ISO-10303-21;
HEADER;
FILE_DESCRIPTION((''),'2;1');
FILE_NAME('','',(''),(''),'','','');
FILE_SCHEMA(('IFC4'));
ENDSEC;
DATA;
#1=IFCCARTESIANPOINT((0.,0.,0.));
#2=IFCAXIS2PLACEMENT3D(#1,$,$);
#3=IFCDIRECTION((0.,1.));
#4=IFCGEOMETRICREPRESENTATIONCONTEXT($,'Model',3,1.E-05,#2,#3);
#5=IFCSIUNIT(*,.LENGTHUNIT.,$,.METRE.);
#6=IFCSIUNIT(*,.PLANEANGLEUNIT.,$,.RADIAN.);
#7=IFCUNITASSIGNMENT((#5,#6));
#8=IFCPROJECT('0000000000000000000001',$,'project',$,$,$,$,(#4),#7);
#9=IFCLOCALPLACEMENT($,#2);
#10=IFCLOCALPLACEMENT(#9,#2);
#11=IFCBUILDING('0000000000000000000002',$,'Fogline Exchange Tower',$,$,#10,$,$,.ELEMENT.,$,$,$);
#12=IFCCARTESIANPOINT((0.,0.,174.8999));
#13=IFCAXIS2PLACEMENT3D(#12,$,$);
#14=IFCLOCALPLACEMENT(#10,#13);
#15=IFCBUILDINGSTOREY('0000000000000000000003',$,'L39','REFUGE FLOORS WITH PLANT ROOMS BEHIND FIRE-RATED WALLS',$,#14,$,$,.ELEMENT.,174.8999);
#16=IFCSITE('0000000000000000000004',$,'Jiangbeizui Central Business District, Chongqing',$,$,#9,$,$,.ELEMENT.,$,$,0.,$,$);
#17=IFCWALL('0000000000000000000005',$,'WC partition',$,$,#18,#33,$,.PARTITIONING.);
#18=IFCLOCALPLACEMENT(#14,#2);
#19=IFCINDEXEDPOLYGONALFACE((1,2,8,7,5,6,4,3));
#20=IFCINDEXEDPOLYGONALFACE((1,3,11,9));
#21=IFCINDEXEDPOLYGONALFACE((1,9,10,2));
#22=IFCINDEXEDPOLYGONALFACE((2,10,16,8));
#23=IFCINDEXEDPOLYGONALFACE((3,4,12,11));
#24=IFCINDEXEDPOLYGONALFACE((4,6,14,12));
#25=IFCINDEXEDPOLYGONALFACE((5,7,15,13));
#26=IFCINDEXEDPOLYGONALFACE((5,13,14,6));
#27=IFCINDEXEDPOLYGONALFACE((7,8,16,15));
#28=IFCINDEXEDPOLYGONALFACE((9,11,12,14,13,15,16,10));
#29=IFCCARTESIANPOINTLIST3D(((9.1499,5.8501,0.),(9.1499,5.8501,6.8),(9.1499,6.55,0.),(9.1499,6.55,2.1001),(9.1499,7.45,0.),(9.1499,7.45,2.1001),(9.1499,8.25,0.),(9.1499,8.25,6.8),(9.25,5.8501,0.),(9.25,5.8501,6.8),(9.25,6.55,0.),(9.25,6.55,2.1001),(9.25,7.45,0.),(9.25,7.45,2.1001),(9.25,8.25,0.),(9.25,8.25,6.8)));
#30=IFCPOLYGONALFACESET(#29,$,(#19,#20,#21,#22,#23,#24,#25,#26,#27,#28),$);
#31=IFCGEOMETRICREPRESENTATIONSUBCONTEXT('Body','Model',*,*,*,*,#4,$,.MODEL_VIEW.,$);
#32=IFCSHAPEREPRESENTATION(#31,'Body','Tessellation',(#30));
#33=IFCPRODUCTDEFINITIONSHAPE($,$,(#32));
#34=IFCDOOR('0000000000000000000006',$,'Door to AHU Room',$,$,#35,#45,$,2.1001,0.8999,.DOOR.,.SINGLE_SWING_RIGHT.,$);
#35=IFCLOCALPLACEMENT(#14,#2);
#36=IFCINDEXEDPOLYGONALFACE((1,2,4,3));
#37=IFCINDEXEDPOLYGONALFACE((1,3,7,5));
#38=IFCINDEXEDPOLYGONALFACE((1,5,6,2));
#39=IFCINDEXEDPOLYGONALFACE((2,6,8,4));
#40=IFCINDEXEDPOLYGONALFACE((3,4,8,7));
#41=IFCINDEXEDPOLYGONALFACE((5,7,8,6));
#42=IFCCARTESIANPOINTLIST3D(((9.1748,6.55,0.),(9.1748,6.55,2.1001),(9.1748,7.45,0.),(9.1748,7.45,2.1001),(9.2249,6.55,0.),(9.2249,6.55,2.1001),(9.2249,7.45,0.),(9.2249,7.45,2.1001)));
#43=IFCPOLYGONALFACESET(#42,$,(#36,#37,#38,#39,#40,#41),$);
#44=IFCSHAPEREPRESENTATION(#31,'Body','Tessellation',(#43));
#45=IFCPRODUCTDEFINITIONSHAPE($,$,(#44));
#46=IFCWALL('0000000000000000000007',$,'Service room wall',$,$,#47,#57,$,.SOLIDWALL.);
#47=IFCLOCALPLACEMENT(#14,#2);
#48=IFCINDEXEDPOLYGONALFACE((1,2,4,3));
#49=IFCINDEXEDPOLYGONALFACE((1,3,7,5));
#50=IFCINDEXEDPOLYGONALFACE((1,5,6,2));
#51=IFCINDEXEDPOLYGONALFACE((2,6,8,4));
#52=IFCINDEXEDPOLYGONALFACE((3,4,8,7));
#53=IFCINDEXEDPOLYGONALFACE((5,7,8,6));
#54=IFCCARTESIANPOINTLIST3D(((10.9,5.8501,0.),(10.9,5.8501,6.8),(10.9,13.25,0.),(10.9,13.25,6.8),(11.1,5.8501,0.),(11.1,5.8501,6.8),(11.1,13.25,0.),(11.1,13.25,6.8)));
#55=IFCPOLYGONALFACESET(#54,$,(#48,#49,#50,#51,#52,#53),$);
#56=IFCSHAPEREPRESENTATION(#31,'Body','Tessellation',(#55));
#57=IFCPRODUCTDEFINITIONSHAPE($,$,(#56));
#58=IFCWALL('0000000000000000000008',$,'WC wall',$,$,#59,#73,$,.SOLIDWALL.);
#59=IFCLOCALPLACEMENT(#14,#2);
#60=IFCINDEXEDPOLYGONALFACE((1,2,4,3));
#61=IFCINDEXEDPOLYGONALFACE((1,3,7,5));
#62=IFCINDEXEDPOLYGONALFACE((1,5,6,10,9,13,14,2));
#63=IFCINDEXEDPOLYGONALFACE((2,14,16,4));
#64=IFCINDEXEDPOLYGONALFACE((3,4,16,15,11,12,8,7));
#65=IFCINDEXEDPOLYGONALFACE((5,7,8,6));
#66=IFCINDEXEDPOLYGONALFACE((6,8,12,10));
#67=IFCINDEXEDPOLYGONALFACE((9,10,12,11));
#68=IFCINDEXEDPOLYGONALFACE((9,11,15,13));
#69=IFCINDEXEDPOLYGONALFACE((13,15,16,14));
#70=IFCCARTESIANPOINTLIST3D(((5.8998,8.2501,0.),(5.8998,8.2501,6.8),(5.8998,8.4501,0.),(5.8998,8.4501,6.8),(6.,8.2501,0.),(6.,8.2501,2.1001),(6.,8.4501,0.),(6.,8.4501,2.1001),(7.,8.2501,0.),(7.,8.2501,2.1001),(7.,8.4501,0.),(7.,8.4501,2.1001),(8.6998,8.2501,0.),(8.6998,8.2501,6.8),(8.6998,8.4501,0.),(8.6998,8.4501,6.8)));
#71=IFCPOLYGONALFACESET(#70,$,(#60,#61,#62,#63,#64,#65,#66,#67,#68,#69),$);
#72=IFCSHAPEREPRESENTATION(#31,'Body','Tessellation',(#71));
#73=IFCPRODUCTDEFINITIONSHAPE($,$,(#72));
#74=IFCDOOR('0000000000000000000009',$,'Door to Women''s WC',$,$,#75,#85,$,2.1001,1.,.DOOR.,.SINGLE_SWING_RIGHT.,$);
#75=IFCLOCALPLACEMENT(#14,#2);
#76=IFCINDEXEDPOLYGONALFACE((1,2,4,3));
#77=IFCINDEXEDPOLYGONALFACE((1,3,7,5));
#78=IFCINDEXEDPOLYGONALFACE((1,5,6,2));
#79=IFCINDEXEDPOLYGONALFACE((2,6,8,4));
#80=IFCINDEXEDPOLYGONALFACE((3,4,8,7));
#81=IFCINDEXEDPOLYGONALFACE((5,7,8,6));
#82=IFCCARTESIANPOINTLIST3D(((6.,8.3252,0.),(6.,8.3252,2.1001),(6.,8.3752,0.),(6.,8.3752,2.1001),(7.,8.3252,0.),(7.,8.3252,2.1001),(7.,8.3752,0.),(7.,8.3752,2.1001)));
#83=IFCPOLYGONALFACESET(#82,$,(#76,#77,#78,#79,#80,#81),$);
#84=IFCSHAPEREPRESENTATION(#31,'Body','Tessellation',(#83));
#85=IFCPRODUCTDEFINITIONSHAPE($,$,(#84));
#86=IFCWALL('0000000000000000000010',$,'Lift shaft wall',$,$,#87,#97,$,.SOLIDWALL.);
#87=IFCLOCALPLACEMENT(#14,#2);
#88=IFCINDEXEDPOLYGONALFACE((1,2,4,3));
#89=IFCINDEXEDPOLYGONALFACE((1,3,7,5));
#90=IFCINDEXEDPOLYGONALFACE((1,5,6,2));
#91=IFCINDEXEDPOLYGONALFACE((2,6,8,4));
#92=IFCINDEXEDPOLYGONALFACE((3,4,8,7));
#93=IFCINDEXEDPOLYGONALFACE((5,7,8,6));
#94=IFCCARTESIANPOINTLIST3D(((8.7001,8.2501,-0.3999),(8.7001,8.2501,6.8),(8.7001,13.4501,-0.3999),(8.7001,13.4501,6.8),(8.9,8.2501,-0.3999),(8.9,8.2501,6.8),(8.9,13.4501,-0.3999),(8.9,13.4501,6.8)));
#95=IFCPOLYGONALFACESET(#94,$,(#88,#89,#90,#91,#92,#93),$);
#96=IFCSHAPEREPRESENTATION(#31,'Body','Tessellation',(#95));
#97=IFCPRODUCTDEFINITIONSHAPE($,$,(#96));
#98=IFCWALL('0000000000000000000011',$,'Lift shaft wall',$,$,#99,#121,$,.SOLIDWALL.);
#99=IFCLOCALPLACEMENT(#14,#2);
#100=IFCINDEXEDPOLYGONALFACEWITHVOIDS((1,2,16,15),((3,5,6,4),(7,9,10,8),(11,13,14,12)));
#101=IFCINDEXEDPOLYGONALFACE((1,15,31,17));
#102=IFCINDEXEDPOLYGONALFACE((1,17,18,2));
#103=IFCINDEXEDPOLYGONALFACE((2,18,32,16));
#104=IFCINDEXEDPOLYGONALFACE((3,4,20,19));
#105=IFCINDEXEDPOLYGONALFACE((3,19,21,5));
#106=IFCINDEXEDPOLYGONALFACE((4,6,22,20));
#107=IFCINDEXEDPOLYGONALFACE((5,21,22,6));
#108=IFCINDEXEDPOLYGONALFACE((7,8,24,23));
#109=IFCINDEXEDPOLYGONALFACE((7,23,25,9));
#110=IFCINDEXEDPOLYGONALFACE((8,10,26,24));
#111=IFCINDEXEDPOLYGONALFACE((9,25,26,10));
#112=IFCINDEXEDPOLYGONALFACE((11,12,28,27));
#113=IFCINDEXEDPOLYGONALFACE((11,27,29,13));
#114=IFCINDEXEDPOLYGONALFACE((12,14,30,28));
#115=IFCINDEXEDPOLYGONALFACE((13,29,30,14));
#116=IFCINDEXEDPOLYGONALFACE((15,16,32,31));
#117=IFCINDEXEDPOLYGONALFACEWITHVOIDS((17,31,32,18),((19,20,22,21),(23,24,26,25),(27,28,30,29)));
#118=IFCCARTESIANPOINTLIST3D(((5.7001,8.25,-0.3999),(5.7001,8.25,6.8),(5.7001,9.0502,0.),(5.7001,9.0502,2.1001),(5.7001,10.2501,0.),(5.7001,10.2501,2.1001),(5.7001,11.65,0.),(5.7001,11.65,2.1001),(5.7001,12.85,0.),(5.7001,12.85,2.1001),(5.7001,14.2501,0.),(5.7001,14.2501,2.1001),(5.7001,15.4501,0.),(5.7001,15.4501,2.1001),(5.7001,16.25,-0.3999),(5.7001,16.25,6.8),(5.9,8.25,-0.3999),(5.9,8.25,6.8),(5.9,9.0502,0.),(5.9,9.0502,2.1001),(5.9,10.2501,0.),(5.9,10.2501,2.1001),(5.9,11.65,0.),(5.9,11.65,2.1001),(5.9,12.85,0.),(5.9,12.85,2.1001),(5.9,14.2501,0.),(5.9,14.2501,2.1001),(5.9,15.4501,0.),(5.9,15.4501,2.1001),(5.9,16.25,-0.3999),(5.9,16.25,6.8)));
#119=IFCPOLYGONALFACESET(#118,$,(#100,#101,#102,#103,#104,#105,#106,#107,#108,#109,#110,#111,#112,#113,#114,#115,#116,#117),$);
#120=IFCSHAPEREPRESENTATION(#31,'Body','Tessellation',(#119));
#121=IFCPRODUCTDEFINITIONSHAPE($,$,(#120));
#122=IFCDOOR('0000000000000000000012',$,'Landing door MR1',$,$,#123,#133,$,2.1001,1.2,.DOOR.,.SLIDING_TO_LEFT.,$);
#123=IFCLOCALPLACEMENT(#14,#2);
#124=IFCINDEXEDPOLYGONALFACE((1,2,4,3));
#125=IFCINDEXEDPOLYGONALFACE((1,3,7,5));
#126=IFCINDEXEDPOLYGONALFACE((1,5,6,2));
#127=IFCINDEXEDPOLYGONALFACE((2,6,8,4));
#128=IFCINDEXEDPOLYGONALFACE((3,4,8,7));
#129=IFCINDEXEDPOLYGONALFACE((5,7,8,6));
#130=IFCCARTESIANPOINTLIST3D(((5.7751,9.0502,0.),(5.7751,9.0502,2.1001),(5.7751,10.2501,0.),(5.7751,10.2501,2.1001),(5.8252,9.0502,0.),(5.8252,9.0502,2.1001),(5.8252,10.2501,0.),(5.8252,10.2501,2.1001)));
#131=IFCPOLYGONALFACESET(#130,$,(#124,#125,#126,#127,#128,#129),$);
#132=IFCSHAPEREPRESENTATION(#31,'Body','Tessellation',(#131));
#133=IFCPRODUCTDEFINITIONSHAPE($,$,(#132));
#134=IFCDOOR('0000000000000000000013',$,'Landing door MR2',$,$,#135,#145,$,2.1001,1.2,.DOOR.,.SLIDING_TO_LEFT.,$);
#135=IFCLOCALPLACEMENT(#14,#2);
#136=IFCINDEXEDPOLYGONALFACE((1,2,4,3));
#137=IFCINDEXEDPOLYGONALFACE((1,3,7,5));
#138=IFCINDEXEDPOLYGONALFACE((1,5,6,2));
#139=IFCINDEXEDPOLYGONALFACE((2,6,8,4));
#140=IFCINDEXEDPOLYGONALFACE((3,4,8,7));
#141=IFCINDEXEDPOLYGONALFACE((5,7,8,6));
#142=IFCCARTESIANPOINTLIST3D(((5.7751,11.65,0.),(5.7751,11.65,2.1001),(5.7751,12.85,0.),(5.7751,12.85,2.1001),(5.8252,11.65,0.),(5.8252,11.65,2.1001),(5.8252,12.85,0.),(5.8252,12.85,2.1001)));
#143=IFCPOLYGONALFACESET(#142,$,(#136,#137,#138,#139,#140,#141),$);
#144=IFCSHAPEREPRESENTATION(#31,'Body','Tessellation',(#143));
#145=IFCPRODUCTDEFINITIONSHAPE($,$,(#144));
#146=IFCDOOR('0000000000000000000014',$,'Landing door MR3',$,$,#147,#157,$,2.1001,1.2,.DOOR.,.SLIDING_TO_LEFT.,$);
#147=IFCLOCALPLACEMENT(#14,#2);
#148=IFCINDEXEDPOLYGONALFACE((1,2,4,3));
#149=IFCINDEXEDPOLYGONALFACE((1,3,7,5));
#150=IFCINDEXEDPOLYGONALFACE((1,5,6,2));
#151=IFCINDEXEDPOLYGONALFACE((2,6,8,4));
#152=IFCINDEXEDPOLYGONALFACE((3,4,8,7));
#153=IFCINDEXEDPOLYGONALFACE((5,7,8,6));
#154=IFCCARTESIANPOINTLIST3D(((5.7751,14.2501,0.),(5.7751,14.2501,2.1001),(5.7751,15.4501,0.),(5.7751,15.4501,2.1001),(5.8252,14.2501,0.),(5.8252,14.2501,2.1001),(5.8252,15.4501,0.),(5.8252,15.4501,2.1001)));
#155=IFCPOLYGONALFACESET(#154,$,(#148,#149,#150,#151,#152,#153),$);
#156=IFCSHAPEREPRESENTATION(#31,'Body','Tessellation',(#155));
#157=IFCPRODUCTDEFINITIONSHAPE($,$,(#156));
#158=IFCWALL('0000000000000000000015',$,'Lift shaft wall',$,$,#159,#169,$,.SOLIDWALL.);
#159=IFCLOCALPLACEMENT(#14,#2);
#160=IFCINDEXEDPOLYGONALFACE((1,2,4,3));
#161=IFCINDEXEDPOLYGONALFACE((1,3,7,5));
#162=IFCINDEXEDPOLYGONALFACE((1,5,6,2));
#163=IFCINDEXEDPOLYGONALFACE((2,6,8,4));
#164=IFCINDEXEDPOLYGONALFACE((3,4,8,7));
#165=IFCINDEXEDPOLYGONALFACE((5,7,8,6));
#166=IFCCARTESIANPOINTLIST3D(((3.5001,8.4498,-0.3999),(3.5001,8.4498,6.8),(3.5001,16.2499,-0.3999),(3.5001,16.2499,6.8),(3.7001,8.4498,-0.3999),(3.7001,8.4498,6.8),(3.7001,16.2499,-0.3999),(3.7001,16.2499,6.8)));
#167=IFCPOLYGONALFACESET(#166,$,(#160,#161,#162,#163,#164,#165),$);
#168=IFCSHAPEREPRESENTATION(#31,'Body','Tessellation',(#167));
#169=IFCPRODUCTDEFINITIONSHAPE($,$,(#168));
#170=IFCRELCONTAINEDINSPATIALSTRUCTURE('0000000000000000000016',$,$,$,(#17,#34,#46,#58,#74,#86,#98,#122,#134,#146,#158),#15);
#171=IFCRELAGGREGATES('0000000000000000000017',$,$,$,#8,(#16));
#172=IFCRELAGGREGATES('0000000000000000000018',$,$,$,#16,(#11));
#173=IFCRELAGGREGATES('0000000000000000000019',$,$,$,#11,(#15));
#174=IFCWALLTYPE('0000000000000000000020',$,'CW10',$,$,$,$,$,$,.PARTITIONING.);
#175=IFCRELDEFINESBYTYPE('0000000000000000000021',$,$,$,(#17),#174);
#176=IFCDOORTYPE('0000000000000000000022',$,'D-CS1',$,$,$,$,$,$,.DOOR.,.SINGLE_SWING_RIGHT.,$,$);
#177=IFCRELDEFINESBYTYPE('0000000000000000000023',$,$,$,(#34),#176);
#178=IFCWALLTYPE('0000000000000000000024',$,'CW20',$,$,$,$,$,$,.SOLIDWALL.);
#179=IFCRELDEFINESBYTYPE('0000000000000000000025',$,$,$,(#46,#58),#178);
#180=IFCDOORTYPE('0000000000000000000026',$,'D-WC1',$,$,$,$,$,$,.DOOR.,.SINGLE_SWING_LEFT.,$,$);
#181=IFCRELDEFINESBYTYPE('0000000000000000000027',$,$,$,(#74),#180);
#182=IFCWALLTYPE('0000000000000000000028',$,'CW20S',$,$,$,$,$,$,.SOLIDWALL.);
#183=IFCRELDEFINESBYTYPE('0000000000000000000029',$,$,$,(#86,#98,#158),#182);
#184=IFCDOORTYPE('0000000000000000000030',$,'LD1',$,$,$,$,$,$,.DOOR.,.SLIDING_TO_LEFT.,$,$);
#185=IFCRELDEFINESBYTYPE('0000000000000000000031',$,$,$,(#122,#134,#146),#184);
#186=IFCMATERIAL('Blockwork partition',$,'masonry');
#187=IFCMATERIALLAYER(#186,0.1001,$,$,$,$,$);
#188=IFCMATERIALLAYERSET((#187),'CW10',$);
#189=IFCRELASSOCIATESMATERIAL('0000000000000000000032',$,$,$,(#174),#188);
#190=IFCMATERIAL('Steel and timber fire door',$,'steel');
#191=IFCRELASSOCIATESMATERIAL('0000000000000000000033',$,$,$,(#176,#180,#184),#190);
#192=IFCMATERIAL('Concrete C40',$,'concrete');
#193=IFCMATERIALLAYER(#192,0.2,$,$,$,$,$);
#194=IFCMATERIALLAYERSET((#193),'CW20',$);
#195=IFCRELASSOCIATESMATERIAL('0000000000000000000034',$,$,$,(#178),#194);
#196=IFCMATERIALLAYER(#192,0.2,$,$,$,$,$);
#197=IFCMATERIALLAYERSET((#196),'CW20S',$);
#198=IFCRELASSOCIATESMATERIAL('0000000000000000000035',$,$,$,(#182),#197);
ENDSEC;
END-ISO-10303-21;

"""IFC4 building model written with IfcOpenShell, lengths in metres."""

from ifc_helpers import new_model, si_unit, direction, frame, frame_2d, origin, place, context, subcontext, project, spatial, rectangle, extrude, material, layer, layer_set, type_object, element, fill, save


model = new_model("IFC4")

# Units and contexts
model_context = context("Model", 3, precision=1e-05, world=origin(), true_north=direction((0.0, 1.0)))
body_context = subcontext(model_context, "Body", "Model", "MODEL_VIEW")
ifc_project = project(units=[si_unit("LENGTHUNIT", "METRE"), si_unit("PLANEANGLEUNIT", "RADIAN")], contexts=[model_context])

# Site, building, storey
site_placement = place(None, origin())
site = spatial("IfcSite", under=ifc_project, at=site_placement, Name="Jiangbeizui Central Business District, Chongqing", CompositionType="ELEMENT", RefElevation=0.0)
building_placement = place(site_placement, origin())
building = spatial("IfcBuilding", under=site, at=building_placement, Name="Fogline Exchange Tower", CompositionType="ELEMENT")
storey_placement = place(building_placement, frame((0.0, 0.0, 174.8999)))
storey = spatial("IfcBuildingStorey", under=building, at=storey_placement, Name="L39", Description="REFUGE FLOORS WITH PLANT ROOMS BEHIND FIRE-RATED WALLS", CompositionType="ELEMENT", Elevation=174.8999)

# Wall, opening, door
ifc_material_1 = material(Name="Blockwork partition", Category="masonry")
ifc_layer_1 = layer(ifc_material_1, 0.1001)
ifc_layer_set_1 = layer_set([ifc_layer_1], Name="CW10")
wall_type_1 = type_object("IfcWallType", Name="CW10", PredefinedType="PARTITIONING", material=ifc_layer_set_1)
wall_1_placement = place(storey_placement, frame((9.2, 5.8501, 0.0), z_axis=(0.0, 0.0, 1.0), x_axis=(0.0, 1.0, 0.0)))
wall_1 = element("IfcWall", 1, at=wall_1_placement, inside=storey, type_object=wall_type_1, Name="WC partition", PredefinedType="PARTITIONING", context=body_context, shape_type="SweptSolid", body=[
    extrude(rectangle(XDim=2.3999, YDim=0.1001, at=frame_2d((1.2, 0.0))), origin(), (0.0, 0.0, 1.0), 6.8),
])
opening_1_placement = place(wall_1_placement, frame((0.7, 0.0, 0.0)))
opening_1 = element("IfcOpeningElement", 2, at=opening_1_placement, cuts=wall_1, PredefinedType="OPENING", context=body_context, shape_type="SweptSolid", body=[
    extrude(rectangle(XDim=0.8999, YDim=2.1001, at=frame_2d((0.45, 1.05))), frame((0.0, 0.0601, 0.0), z_axis=(0.0, -1.0, 0.0), x_axis=(1.0, 0.0, 0.0)), (0.0, 0.0, 1.0), 0.1201),
])
ifc_material_2 = material(Name="Steel and timber fire door", Category="steel")
door_type_1 = type_object("IfcDoorType", Name="D-CS1", OperationType="SINGLE_SWING_RIGHT", PredefinedType="DOOR", material=ifc_material_2)
door_1_placement = place(opening_1_placement, frame((0.8999, 0.0, 0.0), z_axis=(0.0, 0.0, 1.0), x_axis=(-1.0, 0.0, 0.0)))
door_1 = element("IfcDoor", 3, at=door_1_placement, inside=storey, type_object=door_type_1, Name="Door to AHU Room", OperationType="SINGLE_SWING_RIGHT", OverallHeight=2.1001, OverallWidth=0.8999, PredefinedType="DOOR", context=body_context, shape_type="SweptSolid", body=[
    extrude(rectangle(XDim=0.8999, YDim=2.1001, at=frame_2d((0.45, 1.05))), frame((0.0, 0.0249, 0.0), z_axis=(0.0, -1.0, 0.0), x_axis=(1.0, 0.0, 0.0)), (0.0, 0.0, 1.0), 0.05),
])
fill(opening_1, door_1)

# Wall
ifc_material_3 = material(Name="Concrete C40", Category="concrete")
ifc_layer_2 = layer(ifc_material_3, 0.2)
ifc_layer_set_2 = layer_set([ifc_layer_2], Name="CW20")
wall_type_2 = type_object("IfcWallType", Name="CW20", PredefinedType="SOLIDWALL", material=ifc_layer_set_2)
wall_2_placement = place(storey_placement, frame((11.0, 5.8501, 0.0), z_axis=(0.0, 0.0, 1.0), x_axis=(0.0, 1.0, 0.0)))
element("IfcWall", 4, at=wall_2_placement, inside=storey, type_object=wall_type_2, Name="Service room wall", PredefinedType="SOLIDWALL", context=body_context, shape_type="SweptSolid", body=[
    extrude(rectangle(XDim=7.3999, YDim=0.2, at=frame_2d((3.7, 0.0))), origin(), (0.0, 0.0, 1.0), 6.8),
])

# Wall, opening, door
wall_3_placement = place(storey_placement, frame((5.8999, 8.3501, 0.0), z_axis=(0.0, 0.0, 1.0), x_axis=(1.0, 0.0, 0.0)))
wall_3 = element("IfcWall", 5, at=wall_3_placement, inside=storey, type_object=wall_type_2, Name="WC wall", PredefinedType="SOLIDWALL", context=body_context, shape_type="SweptSolid", body=[
    extrude(rectangle(XDim=2.8, YDim=0.2, at=frame_2d((1.3999, 0.0))), origin(), (0.0, 0.0, 1.0), 6.8),
])
opening_2_placement = place(wall_3_placement, frame((0.1001, 0.0, 0.0)))
opening_2 = element("IfcOpeningElement", 6, at=opening_2_placement, cuts=wall_3, PredefinedType="OPENING", context=body_context, shape_type="SweptSolid", body=[
    extrude(rectangle(XDim=1.0, YDim=2.1001, at=frame_2d((0.5, 1.05))), frame((0.0, 0.1099, 0.0), z_axis=(0.0, -1.0, 0.0), x_axis=(1.0, 0.0, 0.0)), (0.0, 0.0, 1.0), 0.22),
])
door_type_2 = type_object("IfcDoorType", Name="D-WC1", OperationType="SINGLE_SWING_LEFT", PredefinedType="DOOR", material=ifc_material_2)
door_2_placement = place(opening_2_placement, frame((1.0, 0.0, 0.0), z_axis=(0.0, 0.0, 1.0), x_axis=(-1.0, 0.0, 0.0)))
door_2 = element("IfcDoor", 7, at=door_2_placement, inside=storey, type_object=door_type_2, Name="Door to Women's WC", OperationType="SINGLE_SWING_RIGHT", OverallHeight=2.1001, OverallWidth=1.0, PredefinedType="DOOR", context=body_context, shape_type="SweptSolid", body=[
    extrude(rectangle(XDim=1.0, YDim=2.1001, at=frame_2d((0.5, 1.05))), frame((0.0, 0.0249, 0.0), z_axis=(0.0, -1.0, 0.0), x_axis=(1.0, 0.0, 0.0)), (0.0, 0.0, 1.0), 0.05),
])
fill(opening_2, door_2)

# Wall
ifc_layer_3 = layer(ifc_material_3, 0.2)
ifc_layer_set_3 = layer_set([ifc_layer_3], Name="CW20S")
wall_type_3 = type_object("IfcWallType", Name="CW20S", PredefinedType="SOLIDWALL", material=ifc_layer_set_3)
wall_4_placement = place(storey_placement, frame((8.8, 8.25, -0.3999), z_axis=(0.0, 0.0, 1.0), x_axis=(0.0, 1.0, 0.0)))
element("IfcWall", 8, at=wall_4_placement, inside=storey, type_object=wall_type_3, Name="Lift shaft wall", PredefinedType="SOLIDWALL", context=body_context, shape_type="SweptSolid", body=[
    extrude(rectangle(XDim=5.2, YDim=0.2, at=frame_2d((2.6001, 0.0))), origin(), (0.0, 0.0, 1.0), 7.2),
])

# Wall, openings, doors
wall_5_placement = place(storey_placement, frame((5.8, 8.25, -0.3999), z_axis=(0.0, 0.0, 1.0), x_axis=(0.0, 1.0, 0.0)))
wall_5 = element("IfcWall", 9, at=wall_5_placement, inside=storey, type_object=wall_type_3, Name="Lift shaft wall", PredefinedType="SOLIDWALL", context=body_context, shape_type="SweptSolid", body=[
    extrude(rectangle(XDim=8.0, YDim=0.2, at=frame_2d((4.0, 0.0))), origin(), (0.0, 0.0, 1.0), 7.2),
])
opening_3_placement = place(wall_5_placement, frame((0.8, 0.0, 0.3999)))
opening_3 = element("IfcOpeningElement", 10, at=opening_3_placement, cuts=wall_5, PredefinedType="OPENING", context=body_context, shape_type="SweptSolid", body=[
    extrude(rectangle(XDim=1.2, YDim=2.1001, at=frame_2d((0.6001, 1.05))), frame((0.0, 0.1099, 0.0), z_axis=(0.0, -1.0, 0.0), x_axis=(1.0, 0.0, 0.0)), (0.0, 0.0, 1.0), 0.22),
])
opening_4_placement = place(wall_5_placement, frame((3.3999, 0.0, 0.3999)))
opening_4 = element("IfcOpeningElement", 11, at=opening_4_placement, cuts=wall_5, PredefinedType="OPENING", context=body_context, shape_type="SweptSolid", body=[
    extrude(rectangle(XDim=1.2, YDim=2.1001, at=frame_2d((0.6001, 1.05))), frame((0.0, 0.1099, 0.0), z_axis=(0.0, -1.0, 0.0), x_axis=(1.0, 0.0, 0.0)), (0.0, 0.0, 1.0), 0.22),
])
opening_5_placement = place(wall_5_placement, frame((6.0, 0.0, 0.3999)))
opening_5 = element("IfcOpeningElement", 12, at=opening_5_placement, cuts=wall_5, PredefinedType="OPENING", context=body_context, shape_type="SweptSolid", body=[
    extrude(rectangle(XDim=1.2, YDim=2.1001, at=frame_2d((0.6001, 1.05))), frame((0.0, 0.1099, 0.0), z_axis=(0.0, -1.0, 0.0), x_axis=(1.0, 0.0, 0.0)), (0.0, 0.0, 1.0), 0.22),
])
door_type_3 = type_object("IfcDoorType", Name="LD1", OperationType="SLIDING_TO_LEFT", PredefinedType="DOOR", material=ifc_material_2)
door_3_placement = place(opening_3_placement, origin())
door_3 = element("IfcDoor", 13, at=door_3_placement, inside=storey, type_object=door_type_3, Name="Landing door MR1", OperationType="SLIDING_TO_LEFT", OverallHeight=2.1001, OverallWidth=1.2, PredefinedType="DOOR", context=body_context, shape_type="SweptSolid", body=[
    extrude(rectangle(XDim=1.2, YDim=2.1001, at=frame_2d((0.6001, 1.05))), frame((0.0, 0.0249, 0.0), z_axis=(0.0, -1.0, 0.0), x_axis=(1.0, 0.0, 0.0)), (0.0, 0.0, 1.0), 0.05),
])
fill(opening_3, door_3)
door_4_placement = place(opening_4_placement, origin())
door_4 = element("IfcDoor", 14, at=door_4_placement, inside=storey, type_object=door_type_3, Name="Landing door MR2", OperationType="SLIDING_TO_LEFT", OverallHeight=2.1001, OverallWidth=1.2, PredefinedType="DOOR", context=body_context, shape_type="SweptSolid", body=[
    extrude(rectangle(XDim=1.2, YDim=2.1001, at=frame_2d((0.6001, 1.05))), frame((0.0, 0.0249, 0.0), z_axis=(0.0, -1.0, 0.0), x_axis=(1.0, 0.0, 0.0)), (0.0, 0.0, 1.0), 0.05),
])
fill(opening_4, door_4)
door_5_placement = place(opening_5_placement, origin())
door_5 = element("IfcDoor", 15, at=door_5_placement, inside=storey, type_object=door_type_3, Name="Landing door MR3", OperationType="SLIDING_TO_LEFT", OverallHeight=2.1001, OverallWidth=1.2, PredefinedType="DOOR", context=body_context, shape_type="SweptSolid", body=[
    extrude(rectangle(XDim=1.2, YDim=2.1001, at=frame_2d((0.6001, 1.05))), frame((0.0, 0.0249, 0.0), z_axis=(0.0, -1.0, 0.0), x_axis=(1.0, 0.0, 0.0)), (0.0, 0.0, 1.0), 0.05),
])
fill(opening_5, door_5)

# Wall
wall_6_placement = place(storey_placement, frame((3.6001, 8.45, -0.3999), z_axis=(0.0, 0.0, 1.0), x_axis=(0.0, 1.0, 0.0)))
element("IfcWall", 16, at=wall_6_placement, inside=storey, type_object=wall_type_3, Name="Lift shaft wall", PredefinedType="SOLIDWALL", context=body_context, shape_type="SweptSolid", body=[
    extrude(rectangle(XDim=7.8, YDim=0.2, at=frame_2d((3.8999, 0.0))), origin(), (0.0, 0.0, 1.0), 7.2),
])

save(model, "model.ifc")
